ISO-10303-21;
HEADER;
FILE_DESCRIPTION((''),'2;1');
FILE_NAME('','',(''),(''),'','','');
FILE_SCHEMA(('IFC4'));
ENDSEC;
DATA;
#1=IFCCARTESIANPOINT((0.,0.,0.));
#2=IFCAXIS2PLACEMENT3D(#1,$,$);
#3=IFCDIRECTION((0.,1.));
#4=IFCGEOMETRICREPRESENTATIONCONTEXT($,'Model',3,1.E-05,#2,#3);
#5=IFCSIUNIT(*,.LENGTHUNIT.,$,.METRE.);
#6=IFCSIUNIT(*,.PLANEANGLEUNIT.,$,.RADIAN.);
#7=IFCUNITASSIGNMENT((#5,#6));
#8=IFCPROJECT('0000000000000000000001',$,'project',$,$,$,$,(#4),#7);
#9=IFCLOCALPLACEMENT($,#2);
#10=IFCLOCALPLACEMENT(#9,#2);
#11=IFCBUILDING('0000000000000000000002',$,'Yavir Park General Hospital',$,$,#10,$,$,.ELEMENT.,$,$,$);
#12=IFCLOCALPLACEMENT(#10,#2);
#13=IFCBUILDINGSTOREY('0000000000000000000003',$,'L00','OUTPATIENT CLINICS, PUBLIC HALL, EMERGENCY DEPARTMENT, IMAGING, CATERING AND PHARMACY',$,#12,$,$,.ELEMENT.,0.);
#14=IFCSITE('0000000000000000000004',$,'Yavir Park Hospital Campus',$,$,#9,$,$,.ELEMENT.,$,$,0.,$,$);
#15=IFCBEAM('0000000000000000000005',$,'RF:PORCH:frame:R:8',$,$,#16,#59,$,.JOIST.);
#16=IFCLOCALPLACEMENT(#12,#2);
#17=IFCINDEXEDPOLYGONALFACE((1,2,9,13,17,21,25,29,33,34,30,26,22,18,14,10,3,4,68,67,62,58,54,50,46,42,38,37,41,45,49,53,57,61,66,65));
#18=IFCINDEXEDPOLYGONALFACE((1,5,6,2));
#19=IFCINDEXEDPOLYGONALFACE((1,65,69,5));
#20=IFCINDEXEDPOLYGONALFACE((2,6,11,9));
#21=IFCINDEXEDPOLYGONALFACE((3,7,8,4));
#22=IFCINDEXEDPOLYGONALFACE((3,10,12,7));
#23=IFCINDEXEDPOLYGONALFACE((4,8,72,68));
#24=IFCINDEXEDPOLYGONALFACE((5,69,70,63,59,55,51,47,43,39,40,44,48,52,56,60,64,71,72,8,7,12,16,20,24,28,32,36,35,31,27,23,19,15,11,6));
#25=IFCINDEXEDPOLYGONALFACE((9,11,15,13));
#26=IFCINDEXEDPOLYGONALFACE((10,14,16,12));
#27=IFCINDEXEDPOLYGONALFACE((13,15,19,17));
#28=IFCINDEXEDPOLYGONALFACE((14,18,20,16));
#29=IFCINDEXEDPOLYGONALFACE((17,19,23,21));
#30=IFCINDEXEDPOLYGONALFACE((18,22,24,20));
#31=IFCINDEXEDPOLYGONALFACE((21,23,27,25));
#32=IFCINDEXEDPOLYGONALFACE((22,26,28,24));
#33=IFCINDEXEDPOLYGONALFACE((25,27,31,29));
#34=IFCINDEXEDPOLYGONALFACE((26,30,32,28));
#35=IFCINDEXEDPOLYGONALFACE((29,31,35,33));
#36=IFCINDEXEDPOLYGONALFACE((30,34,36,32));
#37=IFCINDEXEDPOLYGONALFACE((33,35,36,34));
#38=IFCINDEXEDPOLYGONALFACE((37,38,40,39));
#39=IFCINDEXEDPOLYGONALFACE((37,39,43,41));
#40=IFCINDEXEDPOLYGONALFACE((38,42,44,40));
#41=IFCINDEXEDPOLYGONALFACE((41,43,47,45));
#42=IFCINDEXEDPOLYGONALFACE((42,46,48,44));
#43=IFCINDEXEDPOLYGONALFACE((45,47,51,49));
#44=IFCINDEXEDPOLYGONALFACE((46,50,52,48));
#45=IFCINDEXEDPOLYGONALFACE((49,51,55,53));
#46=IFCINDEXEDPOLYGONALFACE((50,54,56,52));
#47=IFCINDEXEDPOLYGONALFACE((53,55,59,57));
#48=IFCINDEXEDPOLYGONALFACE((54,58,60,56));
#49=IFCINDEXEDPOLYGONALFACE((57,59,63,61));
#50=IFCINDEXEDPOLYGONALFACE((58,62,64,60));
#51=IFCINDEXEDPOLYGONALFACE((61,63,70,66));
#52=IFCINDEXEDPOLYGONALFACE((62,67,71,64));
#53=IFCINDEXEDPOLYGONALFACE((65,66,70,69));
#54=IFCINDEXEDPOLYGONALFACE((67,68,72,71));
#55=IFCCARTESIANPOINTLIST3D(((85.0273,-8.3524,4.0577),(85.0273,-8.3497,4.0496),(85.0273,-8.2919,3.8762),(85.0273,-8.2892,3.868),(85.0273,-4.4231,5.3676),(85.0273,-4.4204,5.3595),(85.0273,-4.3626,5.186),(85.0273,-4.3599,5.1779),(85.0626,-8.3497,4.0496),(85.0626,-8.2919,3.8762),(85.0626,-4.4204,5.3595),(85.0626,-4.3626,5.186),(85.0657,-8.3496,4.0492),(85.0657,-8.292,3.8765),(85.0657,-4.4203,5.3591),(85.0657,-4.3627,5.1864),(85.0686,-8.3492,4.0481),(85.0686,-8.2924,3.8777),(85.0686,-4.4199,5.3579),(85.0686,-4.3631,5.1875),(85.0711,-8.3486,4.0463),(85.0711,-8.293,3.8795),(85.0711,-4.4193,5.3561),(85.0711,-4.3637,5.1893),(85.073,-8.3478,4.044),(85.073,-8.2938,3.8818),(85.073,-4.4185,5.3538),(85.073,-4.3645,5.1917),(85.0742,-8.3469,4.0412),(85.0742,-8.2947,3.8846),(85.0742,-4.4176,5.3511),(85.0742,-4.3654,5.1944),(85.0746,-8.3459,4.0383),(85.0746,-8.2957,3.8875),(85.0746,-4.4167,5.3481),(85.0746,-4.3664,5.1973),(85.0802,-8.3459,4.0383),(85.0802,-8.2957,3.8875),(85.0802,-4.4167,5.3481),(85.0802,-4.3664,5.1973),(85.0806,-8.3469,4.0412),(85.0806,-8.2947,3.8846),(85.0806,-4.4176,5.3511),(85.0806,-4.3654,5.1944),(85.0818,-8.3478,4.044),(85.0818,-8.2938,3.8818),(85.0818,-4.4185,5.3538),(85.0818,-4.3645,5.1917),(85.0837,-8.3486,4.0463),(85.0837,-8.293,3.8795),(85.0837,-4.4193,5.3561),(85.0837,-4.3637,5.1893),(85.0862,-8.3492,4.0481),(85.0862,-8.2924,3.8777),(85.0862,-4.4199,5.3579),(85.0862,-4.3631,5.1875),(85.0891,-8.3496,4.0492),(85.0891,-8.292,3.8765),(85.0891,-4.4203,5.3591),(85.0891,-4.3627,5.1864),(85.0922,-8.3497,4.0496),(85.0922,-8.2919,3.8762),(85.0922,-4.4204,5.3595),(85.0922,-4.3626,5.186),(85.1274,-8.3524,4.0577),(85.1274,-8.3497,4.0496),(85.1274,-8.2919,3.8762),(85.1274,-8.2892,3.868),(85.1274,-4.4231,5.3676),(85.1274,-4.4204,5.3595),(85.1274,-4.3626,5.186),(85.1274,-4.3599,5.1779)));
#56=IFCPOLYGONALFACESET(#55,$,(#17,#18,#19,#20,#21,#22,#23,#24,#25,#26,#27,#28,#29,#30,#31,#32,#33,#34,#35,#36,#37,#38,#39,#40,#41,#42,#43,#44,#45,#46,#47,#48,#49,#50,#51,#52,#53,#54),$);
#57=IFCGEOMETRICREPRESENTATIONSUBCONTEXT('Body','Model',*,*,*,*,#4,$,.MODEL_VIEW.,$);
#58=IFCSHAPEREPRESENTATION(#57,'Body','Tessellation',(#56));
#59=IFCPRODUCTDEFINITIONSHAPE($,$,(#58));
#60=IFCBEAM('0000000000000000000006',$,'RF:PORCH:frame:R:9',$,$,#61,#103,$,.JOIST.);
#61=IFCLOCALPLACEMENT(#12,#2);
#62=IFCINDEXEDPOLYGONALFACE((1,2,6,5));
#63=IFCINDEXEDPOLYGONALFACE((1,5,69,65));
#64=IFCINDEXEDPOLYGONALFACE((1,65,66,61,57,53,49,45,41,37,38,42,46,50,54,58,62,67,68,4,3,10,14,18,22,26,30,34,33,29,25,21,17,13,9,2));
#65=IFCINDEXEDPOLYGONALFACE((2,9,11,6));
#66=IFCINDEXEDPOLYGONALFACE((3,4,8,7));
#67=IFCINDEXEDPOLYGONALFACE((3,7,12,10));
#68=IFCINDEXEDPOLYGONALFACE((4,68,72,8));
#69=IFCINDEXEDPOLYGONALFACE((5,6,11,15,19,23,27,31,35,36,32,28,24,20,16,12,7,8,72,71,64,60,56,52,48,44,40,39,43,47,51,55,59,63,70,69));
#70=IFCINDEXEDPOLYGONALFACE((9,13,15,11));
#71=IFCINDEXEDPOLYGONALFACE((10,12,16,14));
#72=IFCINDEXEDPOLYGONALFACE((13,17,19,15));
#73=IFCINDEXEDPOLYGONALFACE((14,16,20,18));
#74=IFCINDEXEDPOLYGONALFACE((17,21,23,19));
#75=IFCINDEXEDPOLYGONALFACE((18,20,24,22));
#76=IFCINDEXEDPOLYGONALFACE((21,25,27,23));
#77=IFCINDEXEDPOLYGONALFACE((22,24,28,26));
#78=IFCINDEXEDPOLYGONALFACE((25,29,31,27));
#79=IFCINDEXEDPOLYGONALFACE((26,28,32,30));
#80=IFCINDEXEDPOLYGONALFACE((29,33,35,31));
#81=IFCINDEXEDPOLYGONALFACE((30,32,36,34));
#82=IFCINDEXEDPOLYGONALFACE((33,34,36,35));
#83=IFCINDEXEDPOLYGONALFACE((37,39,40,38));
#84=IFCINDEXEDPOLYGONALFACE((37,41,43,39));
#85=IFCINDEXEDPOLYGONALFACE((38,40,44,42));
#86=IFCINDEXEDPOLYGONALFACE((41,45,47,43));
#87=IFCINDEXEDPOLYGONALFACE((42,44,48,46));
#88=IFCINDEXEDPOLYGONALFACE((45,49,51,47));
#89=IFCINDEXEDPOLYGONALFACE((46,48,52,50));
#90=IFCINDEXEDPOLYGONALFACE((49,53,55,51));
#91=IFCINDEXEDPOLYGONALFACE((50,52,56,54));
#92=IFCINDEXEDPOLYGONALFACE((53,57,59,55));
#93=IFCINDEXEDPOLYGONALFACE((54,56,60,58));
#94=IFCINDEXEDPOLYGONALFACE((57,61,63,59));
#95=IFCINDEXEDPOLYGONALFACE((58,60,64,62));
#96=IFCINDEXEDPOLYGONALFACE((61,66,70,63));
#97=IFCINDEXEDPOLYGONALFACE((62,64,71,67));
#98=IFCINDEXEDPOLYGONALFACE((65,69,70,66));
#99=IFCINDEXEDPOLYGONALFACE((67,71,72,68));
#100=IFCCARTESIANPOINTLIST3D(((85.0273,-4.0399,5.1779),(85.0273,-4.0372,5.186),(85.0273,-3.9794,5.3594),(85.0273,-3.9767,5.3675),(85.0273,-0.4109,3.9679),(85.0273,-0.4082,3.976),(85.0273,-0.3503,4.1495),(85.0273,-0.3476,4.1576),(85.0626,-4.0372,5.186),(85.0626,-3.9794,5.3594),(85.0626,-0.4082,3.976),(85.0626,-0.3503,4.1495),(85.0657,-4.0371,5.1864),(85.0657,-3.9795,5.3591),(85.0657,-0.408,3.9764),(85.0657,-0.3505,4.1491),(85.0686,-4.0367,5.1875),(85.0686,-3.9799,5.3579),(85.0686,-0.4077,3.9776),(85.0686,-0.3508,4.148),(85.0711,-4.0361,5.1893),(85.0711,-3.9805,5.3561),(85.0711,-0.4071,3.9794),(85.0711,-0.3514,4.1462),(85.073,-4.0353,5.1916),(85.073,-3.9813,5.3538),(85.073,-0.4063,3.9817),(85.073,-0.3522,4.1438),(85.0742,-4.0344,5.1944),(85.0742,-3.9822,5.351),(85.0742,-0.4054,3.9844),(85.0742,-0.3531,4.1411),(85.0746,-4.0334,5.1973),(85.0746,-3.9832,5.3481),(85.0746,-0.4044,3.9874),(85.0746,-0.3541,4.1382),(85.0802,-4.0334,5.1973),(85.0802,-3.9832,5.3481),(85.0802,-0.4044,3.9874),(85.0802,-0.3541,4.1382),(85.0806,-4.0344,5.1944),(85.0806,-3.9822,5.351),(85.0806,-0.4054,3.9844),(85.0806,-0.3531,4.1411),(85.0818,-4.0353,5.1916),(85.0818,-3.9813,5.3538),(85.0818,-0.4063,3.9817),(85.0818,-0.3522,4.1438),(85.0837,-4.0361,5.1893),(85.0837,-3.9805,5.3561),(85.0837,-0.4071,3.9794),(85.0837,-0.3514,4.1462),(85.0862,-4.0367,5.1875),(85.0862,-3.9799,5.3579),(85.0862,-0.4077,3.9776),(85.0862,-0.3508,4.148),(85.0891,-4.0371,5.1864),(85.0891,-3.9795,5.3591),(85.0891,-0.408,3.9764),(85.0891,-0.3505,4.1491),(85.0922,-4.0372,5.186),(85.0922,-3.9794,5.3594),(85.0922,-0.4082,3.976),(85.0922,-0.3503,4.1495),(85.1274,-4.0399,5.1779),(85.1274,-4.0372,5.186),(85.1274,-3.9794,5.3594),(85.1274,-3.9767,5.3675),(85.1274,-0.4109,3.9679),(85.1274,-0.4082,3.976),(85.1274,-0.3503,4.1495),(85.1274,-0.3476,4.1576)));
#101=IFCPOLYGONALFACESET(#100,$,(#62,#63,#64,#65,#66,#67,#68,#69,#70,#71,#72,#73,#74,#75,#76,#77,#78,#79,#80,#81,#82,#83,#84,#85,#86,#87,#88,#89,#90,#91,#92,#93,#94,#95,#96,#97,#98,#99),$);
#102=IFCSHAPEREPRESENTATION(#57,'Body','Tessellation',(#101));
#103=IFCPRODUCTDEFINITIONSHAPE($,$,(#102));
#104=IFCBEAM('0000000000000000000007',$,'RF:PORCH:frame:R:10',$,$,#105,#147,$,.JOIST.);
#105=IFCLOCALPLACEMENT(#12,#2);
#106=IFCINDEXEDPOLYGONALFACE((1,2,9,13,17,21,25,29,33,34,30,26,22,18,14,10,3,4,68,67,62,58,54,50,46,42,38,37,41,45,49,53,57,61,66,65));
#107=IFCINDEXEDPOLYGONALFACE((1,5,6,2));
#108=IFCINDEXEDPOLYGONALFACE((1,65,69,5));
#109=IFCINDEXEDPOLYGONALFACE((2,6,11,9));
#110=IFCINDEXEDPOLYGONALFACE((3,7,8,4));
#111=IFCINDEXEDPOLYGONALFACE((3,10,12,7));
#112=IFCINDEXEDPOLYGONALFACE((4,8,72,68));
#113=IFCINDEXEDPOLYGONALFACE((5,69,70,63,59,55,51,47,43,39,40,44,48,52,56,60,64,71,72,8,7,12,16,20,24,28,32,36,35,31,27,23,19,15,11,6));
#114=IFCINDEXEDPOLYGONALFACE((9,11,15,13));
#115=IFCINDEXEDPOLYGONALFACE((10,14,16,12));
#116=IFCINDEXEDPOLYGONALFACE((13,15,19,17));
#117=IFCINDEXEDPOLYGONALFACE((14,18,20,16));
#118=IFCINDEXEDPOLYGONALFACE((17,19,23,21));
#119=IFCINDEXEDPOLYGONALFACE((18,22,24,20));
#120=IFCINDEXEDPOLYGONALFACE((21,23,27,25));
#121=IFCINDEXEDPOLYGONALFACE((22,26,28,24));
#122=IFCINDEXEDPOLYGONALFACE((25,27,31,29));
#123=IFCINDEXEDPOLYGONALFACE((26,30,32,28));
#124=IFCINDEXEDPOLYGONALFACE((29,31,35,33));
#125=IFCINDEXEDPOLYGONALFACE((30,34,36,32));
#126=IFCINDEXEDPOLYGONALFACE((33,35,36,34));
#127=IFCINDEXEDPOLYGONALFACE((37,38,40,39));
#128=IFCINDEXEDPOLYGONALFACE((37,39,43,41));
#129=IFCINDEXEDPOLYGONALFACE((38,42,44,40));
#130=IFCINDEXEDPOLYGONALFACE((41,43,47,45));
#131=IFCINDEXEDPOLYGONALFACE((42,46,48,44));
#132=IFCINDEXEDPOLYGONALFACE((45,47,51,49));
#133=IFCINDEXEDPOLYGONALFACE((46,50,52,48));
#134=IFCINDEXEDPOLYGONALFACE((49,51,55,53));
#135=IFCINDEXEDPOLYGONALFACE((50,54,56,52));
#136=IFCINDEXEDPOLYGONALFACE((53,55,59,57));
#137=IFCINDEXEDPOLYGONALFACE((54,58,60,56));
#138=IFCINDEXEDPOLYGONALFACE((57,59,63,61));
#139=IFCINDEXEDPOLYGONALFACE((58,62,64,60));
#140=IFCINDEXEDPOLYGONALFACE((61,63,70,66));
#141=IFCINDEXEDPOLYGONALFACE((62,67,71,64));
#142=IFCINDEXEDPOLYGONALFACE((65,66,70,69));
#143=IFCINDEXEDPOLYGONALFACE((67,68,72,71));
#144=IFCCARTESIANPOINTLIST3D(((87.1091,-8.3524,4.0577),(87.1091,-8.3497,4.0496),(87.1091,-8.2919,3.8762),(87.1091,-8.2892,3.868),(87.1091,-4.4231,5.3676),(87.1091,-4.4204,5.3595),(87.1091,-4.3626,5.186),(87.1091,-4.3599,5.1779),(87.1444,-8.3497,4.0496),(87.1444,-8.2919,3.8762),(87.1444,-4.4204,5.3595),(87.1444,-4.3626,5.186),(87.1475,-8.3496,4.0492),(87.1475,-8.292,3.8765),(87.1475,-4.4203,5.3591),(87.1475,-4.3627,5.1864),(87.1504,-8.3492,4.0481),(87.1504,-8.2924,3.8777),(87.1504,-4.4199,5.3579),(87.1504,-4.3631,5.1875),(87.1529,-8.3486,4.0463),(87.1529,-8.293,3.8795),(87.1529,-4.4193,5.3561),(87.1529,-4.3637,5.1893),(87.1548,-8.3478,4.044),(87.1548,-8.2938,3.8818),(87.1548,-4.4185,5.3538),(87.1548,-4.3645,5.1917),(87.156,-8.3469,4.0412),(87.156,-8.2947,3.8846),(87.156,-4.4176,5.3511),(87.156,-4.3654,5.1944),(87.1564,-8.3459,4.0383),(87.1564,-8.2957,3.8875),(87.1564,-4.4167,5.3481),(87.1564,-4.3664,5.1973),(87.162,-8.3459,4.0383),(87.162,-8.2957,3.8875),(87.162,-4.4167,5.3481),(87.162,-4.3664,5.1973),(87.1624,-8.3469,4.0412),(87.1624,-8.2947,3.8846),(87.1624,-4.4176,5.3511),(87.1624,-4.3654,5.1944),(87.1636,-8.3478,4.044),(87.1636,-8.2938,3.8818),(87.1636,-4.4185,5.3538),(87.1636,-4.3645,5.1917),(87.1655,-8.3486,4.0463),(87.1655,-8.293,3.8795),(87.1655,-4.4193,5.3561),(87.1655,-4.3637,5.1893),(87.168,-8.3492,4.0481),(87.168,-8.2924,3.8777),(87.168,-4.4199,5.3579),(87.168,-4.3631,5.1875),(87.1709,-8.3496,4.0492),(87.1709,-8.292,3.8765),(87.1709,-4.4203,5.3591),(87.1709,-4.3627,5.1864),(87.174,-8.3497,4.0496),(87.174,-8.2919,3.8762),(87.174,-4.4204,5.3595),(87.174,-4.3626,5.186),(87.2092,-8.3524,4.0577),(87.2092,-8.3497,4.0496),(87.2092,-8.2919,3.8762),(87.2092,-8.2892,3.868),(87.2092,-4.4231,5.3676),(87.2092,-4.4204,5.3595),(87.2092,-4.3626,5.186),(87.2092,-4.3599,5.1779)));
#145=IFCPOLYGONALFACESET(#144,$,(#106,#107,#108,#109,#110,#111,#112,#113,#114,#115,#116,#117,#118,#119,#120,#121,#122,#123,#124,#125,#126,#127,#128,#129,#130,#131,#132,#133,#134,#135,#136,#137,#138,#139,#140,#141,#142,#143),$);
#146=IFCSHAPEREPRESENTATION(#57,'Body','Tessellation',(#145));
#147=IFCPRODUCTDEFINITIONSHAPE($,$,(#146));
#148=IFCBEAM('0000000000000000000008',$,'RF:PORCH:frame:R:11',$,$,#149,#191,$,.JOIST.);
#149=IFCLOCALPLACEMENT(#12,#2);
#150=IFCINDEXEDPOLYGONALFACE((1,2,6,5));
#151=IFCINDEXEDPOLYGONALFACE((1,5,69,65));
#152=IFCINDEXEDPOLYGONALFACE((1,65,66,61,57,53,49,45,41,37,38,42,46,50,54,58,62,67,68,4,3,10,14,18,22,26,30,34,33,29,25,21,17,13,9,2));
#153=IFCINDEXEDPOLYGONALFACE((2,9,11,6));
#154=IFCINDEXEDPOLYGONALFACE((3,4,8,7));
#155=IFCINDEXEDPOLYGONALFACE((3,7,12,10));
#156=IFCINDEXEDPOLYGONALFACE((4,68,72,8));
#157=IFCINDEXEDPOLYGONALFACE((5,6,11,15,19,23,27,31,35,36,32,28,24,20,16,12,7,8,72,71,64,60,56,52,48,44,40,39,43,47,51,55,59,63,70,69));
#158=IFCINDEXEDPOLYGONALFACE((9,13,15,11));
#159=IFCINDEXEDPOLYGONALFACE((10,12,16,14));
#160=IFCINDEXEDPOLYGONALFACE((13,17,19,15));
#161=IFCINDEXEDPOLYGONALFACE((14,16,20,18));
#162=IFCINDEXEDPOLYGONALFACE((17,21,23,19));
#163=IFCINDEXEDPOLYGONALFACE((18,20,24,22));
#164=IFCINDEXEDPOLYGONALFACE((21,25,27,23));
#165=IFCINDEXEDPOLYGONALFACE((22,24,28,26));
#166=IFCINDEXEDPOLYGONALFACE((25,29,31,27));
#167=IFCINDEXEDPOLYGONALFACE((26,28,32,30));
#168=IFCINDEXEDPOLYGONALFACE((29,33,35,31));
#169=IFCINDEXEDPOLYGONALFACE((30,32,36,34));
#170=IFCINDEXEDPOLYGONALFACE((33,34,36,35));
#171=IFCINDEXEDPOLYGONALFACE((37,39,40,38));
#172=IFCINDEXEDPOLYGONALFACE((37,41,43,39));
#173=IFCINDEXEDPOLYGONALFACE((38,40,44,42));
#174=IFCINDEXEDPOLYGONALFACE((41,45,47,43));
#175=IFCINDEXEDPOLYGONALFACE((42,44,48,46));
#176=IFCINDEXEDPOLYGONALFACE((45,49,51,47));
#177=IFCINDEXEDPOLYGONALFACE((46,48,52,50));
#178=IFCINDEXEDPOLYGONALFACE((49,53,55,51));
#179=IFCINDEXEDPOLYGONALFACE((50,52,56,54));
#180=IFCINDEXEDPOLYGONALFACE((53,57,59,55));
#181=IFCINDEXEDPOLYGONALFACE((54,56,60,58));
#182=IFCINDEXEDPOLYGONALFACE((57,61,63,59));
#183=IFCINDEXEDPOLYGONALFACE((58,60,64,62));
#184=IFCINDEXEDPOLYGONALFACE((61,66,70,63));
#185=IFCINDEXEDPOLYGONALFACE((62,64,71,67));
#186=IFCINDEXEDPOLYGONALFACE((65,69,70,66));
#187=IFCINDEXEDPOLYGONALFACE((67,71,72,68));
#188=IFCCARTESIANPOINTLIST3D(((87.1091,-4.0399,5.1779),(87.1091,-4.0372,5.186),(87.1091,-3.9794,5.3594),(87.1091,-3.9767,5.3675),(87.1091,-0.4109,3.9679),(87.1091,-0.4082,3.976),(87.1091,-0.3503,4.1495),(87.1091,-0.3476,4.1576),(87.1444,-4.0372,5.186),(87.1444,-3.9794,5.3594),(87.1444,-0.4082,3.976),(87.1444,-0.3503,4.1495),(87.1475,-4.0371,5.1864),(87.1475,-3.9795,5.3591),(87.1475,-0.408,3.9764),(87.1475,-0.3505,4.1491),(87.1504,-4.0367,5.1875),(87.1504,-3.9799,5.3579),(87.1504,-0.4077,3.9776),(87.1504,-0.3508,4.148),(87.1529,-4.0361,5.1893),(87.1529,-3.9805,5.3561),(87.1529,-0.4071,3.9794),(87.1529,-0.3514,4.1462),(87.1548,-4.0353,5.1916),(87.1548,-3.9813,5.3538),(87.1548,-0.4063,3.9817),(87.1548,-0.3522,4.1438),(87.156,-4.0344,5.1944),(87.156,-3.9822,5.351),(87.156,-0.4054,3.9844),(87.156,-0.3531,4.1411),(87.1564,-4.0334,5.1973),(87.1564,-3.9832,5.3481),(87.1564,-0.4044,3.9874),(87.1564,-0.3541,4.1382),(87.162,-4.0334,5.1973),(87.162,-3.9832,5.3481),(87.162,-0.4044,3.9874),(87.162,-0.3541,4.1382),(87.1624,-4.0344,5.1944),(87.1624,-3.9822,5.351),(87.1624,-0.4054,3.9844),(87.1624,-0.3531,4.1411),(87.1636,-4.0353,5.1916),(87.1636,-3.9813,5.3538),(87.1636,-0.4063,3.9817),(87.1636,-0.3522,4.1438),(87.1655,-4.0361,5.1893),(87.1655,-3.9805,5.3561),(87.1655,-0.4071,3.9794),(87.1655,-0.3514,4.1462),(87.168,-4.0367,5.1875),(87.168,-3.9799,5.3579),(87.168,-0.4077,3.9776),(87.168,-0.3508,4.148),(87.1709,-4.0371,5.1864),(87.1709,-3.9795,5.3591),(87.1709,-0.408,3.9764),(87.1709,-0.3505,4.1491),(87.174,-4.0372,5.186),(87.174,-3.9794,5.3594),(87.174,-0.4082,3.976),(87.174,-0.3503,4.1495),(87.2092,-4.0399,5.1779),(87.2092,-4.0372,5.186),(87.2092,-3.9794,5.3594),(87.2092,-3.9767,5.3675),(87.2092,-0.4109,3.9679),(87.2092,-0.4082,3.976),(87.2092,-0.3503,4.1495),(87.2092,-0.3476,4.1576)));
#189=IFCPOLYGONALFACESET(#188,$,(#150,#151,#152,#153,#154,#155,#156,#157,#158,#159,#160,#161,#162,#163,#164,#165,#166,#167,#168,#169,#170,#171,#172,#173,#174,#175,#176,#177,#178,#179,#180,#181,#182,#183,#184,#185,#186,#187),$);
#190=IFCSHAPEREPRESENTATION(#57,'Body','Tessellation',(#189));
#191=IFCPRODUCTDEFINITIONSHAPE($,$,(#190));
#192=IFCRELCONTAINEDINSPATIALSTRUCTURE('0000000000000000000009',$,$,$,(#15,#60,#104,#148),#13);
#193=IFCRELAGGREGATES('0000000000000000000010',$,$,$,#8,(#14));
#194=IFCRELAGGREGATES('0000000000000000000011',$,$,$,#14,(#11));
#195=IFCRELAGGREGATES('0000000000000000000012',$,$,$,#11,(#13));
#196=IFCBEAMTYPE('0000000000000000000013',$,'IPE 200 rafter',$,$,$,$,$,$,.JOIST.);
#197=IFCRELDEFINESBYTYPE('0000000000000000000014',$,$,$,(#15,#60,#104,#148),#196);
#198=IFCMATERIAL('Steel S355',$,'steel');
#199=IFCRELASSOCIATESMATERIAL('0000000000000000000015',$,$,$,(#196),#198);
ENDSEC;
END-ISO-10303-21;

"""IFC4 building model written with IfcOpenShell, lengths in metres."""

from ifc_helpers import new_model, si_unit, direction, frame, origin, origin_2d, place, context, subcontext, project, spatial, i_section, extrude, material, material_profile, profile_set, type_object, element, save


model = new_model("IFC4")

# Units and contexts
model_context = context("Model", 3, precision=1e-05, world=origin(), true_north=direction((0.0, 1.0)))
body_context = subcontext(model_context, "Body", "Model", "MODEL_VIEW")
ifc_project = project(units=[si_unit("LENGTHUNIT", "METRE"), si_unit("PLANEANGLEUNIT", "RADIAN")], contexts=[model_context])

# Site, building, storey
site_placement = place(None, origin())
site = spatial("IfcSite", under=ifc_project, at=site_placement, Name="Yavir Park Hospital Campus", CompositionType="ELEMENT", RefElevation=0.0)
building_placement = place(site_placement, origin())
building = spatial("IfcBuilding", under=site, at=building_placement, Name="Yavir Park General Hospital", CompositionType="ELEMENT")
storey_placement = place(building_placement, origin())
storey = spatial("IfcBuildingStorey", under=building, at=storey_placement, Name="L00", Description="OUTPATIENT CLINICS, PUBLIC HALL, EMERGENCY DEPARTMENT, IMAGING, CATERING AND PHARMACY", CompositionType="ELEMENT", Elevation=0.0)

# Beams
ifc_material_1 = material(Name="Steel S355", Category="steel")
ifc_material_profile_1 = material_profile(ifc_material_1, i_section(OverallWidth=0.1001, OverallDepth=0.2, WebThickness=0.0056, FlangeThickness=0.0085, FilletRadius=0.012, at=origin_2d()), Name="IPE200")
ifc_profile_set_1 = profile_set([ifc_material_profile_1], Name="Steel S355")
beam_type_1 = type_object("IfcBeamType", Name="IPE 200 rafter", PredefinedType="JOIST", material=ifc_profile_set_1)
beam_1_placement = place(storey_placement, frame((85.0774, -8.3208, 3.9629), z_axis=(0.0, 0.948677, 0.316245), x_axis=(-1.0, 0.0, 0.0)))
element("IfcBeam", 1, at=beam_1_placement, inside=storey, type_object=beam_type_1, Name="RF:PORCH:frame:R:8", PredefinedType="JOIST", context=body_context, shape_type="SweptSolid", body=[
    extrude(i_section(OverallWidth=0.1001, OverallDepth=0.2, WebThickness=0.0056, FlangeThickness=0.0085, FilletRadius=0.012, at=origin_2d()), origin(), (0.0, 0.0, 1.0), 4.1418),
])
beam_2_placement = place(storey_placement, frame((85.0774, -4.0083, 5.2727), z_axis=(0.0, 0.948664, -0.316285), x_axis=(-1.0, 0.0, 0.0)))
element("IfcBeam", 2, at=beam_2_placement, inside=storey, type_object=beam_type_1, Name="RF:PORCH:frame:R:9", PredefinedType="JOIST", context=body_context, shape_type="SweptSolid", body=[
    extrude(i_section(OverallWidth=0.1001, OverallDepth=0.2, WebThickness=0.0056, FlangeThickness=0.0085, FilletRadius=0.012, at=origin_2d()), origin(), (0.0, 0.0, 1.0), 3.8254),
])
beam_3_placement = place(storey_placement, frame((87.1592, -8.3208, 3.9629), z_axis=(0.0, 0.948677, 0.316245), x_axis=(-1.0, 0.0, 0.0)))
element("IfcBeam", 3, at=beam_3_placement, inside=storey, type_object=beam_type_1, Name="RF:PORCH:frame:R:10", PredefinedType="JOIST", context=body_context, shape_type="SweptSolid", body=[
    extrude(i_section(OverallWidth=0.1001, OverallDepth=0.2, WebThickness=0.0056, FlangeThickness=0.0085, FilletRadius=0.012, at=origin_2d()), origin(), (0.0, 0.0, 1.0), 4.1418),
])
beam_4_placement = place(storey_placement, frame((87.1592, -4.0083, 5.2727), z_axis=(0.0, 0.948664, -0.316285), x_axis=(-1.0, 0.0, 0.0)))
element("IfcBeam", 4, at=beam_4_placement, inside=storey, type_object=beam_type_1, Name="RF:PORCH:frame:R:11", PredefinedType="JOIST", context=body_context, shape_type="SweptSolid", body=[
    extrude(i_section(OverallWidth=0.1001, OverallDepth=0.2, WebThickness=0.0056, FlangeThickness=0.0085, FilletRadius=0.012, at=origin_2d()), origin(), (0.0, 0.0, 1.0), 3.8254),
])

save(model, "model.ifc")
